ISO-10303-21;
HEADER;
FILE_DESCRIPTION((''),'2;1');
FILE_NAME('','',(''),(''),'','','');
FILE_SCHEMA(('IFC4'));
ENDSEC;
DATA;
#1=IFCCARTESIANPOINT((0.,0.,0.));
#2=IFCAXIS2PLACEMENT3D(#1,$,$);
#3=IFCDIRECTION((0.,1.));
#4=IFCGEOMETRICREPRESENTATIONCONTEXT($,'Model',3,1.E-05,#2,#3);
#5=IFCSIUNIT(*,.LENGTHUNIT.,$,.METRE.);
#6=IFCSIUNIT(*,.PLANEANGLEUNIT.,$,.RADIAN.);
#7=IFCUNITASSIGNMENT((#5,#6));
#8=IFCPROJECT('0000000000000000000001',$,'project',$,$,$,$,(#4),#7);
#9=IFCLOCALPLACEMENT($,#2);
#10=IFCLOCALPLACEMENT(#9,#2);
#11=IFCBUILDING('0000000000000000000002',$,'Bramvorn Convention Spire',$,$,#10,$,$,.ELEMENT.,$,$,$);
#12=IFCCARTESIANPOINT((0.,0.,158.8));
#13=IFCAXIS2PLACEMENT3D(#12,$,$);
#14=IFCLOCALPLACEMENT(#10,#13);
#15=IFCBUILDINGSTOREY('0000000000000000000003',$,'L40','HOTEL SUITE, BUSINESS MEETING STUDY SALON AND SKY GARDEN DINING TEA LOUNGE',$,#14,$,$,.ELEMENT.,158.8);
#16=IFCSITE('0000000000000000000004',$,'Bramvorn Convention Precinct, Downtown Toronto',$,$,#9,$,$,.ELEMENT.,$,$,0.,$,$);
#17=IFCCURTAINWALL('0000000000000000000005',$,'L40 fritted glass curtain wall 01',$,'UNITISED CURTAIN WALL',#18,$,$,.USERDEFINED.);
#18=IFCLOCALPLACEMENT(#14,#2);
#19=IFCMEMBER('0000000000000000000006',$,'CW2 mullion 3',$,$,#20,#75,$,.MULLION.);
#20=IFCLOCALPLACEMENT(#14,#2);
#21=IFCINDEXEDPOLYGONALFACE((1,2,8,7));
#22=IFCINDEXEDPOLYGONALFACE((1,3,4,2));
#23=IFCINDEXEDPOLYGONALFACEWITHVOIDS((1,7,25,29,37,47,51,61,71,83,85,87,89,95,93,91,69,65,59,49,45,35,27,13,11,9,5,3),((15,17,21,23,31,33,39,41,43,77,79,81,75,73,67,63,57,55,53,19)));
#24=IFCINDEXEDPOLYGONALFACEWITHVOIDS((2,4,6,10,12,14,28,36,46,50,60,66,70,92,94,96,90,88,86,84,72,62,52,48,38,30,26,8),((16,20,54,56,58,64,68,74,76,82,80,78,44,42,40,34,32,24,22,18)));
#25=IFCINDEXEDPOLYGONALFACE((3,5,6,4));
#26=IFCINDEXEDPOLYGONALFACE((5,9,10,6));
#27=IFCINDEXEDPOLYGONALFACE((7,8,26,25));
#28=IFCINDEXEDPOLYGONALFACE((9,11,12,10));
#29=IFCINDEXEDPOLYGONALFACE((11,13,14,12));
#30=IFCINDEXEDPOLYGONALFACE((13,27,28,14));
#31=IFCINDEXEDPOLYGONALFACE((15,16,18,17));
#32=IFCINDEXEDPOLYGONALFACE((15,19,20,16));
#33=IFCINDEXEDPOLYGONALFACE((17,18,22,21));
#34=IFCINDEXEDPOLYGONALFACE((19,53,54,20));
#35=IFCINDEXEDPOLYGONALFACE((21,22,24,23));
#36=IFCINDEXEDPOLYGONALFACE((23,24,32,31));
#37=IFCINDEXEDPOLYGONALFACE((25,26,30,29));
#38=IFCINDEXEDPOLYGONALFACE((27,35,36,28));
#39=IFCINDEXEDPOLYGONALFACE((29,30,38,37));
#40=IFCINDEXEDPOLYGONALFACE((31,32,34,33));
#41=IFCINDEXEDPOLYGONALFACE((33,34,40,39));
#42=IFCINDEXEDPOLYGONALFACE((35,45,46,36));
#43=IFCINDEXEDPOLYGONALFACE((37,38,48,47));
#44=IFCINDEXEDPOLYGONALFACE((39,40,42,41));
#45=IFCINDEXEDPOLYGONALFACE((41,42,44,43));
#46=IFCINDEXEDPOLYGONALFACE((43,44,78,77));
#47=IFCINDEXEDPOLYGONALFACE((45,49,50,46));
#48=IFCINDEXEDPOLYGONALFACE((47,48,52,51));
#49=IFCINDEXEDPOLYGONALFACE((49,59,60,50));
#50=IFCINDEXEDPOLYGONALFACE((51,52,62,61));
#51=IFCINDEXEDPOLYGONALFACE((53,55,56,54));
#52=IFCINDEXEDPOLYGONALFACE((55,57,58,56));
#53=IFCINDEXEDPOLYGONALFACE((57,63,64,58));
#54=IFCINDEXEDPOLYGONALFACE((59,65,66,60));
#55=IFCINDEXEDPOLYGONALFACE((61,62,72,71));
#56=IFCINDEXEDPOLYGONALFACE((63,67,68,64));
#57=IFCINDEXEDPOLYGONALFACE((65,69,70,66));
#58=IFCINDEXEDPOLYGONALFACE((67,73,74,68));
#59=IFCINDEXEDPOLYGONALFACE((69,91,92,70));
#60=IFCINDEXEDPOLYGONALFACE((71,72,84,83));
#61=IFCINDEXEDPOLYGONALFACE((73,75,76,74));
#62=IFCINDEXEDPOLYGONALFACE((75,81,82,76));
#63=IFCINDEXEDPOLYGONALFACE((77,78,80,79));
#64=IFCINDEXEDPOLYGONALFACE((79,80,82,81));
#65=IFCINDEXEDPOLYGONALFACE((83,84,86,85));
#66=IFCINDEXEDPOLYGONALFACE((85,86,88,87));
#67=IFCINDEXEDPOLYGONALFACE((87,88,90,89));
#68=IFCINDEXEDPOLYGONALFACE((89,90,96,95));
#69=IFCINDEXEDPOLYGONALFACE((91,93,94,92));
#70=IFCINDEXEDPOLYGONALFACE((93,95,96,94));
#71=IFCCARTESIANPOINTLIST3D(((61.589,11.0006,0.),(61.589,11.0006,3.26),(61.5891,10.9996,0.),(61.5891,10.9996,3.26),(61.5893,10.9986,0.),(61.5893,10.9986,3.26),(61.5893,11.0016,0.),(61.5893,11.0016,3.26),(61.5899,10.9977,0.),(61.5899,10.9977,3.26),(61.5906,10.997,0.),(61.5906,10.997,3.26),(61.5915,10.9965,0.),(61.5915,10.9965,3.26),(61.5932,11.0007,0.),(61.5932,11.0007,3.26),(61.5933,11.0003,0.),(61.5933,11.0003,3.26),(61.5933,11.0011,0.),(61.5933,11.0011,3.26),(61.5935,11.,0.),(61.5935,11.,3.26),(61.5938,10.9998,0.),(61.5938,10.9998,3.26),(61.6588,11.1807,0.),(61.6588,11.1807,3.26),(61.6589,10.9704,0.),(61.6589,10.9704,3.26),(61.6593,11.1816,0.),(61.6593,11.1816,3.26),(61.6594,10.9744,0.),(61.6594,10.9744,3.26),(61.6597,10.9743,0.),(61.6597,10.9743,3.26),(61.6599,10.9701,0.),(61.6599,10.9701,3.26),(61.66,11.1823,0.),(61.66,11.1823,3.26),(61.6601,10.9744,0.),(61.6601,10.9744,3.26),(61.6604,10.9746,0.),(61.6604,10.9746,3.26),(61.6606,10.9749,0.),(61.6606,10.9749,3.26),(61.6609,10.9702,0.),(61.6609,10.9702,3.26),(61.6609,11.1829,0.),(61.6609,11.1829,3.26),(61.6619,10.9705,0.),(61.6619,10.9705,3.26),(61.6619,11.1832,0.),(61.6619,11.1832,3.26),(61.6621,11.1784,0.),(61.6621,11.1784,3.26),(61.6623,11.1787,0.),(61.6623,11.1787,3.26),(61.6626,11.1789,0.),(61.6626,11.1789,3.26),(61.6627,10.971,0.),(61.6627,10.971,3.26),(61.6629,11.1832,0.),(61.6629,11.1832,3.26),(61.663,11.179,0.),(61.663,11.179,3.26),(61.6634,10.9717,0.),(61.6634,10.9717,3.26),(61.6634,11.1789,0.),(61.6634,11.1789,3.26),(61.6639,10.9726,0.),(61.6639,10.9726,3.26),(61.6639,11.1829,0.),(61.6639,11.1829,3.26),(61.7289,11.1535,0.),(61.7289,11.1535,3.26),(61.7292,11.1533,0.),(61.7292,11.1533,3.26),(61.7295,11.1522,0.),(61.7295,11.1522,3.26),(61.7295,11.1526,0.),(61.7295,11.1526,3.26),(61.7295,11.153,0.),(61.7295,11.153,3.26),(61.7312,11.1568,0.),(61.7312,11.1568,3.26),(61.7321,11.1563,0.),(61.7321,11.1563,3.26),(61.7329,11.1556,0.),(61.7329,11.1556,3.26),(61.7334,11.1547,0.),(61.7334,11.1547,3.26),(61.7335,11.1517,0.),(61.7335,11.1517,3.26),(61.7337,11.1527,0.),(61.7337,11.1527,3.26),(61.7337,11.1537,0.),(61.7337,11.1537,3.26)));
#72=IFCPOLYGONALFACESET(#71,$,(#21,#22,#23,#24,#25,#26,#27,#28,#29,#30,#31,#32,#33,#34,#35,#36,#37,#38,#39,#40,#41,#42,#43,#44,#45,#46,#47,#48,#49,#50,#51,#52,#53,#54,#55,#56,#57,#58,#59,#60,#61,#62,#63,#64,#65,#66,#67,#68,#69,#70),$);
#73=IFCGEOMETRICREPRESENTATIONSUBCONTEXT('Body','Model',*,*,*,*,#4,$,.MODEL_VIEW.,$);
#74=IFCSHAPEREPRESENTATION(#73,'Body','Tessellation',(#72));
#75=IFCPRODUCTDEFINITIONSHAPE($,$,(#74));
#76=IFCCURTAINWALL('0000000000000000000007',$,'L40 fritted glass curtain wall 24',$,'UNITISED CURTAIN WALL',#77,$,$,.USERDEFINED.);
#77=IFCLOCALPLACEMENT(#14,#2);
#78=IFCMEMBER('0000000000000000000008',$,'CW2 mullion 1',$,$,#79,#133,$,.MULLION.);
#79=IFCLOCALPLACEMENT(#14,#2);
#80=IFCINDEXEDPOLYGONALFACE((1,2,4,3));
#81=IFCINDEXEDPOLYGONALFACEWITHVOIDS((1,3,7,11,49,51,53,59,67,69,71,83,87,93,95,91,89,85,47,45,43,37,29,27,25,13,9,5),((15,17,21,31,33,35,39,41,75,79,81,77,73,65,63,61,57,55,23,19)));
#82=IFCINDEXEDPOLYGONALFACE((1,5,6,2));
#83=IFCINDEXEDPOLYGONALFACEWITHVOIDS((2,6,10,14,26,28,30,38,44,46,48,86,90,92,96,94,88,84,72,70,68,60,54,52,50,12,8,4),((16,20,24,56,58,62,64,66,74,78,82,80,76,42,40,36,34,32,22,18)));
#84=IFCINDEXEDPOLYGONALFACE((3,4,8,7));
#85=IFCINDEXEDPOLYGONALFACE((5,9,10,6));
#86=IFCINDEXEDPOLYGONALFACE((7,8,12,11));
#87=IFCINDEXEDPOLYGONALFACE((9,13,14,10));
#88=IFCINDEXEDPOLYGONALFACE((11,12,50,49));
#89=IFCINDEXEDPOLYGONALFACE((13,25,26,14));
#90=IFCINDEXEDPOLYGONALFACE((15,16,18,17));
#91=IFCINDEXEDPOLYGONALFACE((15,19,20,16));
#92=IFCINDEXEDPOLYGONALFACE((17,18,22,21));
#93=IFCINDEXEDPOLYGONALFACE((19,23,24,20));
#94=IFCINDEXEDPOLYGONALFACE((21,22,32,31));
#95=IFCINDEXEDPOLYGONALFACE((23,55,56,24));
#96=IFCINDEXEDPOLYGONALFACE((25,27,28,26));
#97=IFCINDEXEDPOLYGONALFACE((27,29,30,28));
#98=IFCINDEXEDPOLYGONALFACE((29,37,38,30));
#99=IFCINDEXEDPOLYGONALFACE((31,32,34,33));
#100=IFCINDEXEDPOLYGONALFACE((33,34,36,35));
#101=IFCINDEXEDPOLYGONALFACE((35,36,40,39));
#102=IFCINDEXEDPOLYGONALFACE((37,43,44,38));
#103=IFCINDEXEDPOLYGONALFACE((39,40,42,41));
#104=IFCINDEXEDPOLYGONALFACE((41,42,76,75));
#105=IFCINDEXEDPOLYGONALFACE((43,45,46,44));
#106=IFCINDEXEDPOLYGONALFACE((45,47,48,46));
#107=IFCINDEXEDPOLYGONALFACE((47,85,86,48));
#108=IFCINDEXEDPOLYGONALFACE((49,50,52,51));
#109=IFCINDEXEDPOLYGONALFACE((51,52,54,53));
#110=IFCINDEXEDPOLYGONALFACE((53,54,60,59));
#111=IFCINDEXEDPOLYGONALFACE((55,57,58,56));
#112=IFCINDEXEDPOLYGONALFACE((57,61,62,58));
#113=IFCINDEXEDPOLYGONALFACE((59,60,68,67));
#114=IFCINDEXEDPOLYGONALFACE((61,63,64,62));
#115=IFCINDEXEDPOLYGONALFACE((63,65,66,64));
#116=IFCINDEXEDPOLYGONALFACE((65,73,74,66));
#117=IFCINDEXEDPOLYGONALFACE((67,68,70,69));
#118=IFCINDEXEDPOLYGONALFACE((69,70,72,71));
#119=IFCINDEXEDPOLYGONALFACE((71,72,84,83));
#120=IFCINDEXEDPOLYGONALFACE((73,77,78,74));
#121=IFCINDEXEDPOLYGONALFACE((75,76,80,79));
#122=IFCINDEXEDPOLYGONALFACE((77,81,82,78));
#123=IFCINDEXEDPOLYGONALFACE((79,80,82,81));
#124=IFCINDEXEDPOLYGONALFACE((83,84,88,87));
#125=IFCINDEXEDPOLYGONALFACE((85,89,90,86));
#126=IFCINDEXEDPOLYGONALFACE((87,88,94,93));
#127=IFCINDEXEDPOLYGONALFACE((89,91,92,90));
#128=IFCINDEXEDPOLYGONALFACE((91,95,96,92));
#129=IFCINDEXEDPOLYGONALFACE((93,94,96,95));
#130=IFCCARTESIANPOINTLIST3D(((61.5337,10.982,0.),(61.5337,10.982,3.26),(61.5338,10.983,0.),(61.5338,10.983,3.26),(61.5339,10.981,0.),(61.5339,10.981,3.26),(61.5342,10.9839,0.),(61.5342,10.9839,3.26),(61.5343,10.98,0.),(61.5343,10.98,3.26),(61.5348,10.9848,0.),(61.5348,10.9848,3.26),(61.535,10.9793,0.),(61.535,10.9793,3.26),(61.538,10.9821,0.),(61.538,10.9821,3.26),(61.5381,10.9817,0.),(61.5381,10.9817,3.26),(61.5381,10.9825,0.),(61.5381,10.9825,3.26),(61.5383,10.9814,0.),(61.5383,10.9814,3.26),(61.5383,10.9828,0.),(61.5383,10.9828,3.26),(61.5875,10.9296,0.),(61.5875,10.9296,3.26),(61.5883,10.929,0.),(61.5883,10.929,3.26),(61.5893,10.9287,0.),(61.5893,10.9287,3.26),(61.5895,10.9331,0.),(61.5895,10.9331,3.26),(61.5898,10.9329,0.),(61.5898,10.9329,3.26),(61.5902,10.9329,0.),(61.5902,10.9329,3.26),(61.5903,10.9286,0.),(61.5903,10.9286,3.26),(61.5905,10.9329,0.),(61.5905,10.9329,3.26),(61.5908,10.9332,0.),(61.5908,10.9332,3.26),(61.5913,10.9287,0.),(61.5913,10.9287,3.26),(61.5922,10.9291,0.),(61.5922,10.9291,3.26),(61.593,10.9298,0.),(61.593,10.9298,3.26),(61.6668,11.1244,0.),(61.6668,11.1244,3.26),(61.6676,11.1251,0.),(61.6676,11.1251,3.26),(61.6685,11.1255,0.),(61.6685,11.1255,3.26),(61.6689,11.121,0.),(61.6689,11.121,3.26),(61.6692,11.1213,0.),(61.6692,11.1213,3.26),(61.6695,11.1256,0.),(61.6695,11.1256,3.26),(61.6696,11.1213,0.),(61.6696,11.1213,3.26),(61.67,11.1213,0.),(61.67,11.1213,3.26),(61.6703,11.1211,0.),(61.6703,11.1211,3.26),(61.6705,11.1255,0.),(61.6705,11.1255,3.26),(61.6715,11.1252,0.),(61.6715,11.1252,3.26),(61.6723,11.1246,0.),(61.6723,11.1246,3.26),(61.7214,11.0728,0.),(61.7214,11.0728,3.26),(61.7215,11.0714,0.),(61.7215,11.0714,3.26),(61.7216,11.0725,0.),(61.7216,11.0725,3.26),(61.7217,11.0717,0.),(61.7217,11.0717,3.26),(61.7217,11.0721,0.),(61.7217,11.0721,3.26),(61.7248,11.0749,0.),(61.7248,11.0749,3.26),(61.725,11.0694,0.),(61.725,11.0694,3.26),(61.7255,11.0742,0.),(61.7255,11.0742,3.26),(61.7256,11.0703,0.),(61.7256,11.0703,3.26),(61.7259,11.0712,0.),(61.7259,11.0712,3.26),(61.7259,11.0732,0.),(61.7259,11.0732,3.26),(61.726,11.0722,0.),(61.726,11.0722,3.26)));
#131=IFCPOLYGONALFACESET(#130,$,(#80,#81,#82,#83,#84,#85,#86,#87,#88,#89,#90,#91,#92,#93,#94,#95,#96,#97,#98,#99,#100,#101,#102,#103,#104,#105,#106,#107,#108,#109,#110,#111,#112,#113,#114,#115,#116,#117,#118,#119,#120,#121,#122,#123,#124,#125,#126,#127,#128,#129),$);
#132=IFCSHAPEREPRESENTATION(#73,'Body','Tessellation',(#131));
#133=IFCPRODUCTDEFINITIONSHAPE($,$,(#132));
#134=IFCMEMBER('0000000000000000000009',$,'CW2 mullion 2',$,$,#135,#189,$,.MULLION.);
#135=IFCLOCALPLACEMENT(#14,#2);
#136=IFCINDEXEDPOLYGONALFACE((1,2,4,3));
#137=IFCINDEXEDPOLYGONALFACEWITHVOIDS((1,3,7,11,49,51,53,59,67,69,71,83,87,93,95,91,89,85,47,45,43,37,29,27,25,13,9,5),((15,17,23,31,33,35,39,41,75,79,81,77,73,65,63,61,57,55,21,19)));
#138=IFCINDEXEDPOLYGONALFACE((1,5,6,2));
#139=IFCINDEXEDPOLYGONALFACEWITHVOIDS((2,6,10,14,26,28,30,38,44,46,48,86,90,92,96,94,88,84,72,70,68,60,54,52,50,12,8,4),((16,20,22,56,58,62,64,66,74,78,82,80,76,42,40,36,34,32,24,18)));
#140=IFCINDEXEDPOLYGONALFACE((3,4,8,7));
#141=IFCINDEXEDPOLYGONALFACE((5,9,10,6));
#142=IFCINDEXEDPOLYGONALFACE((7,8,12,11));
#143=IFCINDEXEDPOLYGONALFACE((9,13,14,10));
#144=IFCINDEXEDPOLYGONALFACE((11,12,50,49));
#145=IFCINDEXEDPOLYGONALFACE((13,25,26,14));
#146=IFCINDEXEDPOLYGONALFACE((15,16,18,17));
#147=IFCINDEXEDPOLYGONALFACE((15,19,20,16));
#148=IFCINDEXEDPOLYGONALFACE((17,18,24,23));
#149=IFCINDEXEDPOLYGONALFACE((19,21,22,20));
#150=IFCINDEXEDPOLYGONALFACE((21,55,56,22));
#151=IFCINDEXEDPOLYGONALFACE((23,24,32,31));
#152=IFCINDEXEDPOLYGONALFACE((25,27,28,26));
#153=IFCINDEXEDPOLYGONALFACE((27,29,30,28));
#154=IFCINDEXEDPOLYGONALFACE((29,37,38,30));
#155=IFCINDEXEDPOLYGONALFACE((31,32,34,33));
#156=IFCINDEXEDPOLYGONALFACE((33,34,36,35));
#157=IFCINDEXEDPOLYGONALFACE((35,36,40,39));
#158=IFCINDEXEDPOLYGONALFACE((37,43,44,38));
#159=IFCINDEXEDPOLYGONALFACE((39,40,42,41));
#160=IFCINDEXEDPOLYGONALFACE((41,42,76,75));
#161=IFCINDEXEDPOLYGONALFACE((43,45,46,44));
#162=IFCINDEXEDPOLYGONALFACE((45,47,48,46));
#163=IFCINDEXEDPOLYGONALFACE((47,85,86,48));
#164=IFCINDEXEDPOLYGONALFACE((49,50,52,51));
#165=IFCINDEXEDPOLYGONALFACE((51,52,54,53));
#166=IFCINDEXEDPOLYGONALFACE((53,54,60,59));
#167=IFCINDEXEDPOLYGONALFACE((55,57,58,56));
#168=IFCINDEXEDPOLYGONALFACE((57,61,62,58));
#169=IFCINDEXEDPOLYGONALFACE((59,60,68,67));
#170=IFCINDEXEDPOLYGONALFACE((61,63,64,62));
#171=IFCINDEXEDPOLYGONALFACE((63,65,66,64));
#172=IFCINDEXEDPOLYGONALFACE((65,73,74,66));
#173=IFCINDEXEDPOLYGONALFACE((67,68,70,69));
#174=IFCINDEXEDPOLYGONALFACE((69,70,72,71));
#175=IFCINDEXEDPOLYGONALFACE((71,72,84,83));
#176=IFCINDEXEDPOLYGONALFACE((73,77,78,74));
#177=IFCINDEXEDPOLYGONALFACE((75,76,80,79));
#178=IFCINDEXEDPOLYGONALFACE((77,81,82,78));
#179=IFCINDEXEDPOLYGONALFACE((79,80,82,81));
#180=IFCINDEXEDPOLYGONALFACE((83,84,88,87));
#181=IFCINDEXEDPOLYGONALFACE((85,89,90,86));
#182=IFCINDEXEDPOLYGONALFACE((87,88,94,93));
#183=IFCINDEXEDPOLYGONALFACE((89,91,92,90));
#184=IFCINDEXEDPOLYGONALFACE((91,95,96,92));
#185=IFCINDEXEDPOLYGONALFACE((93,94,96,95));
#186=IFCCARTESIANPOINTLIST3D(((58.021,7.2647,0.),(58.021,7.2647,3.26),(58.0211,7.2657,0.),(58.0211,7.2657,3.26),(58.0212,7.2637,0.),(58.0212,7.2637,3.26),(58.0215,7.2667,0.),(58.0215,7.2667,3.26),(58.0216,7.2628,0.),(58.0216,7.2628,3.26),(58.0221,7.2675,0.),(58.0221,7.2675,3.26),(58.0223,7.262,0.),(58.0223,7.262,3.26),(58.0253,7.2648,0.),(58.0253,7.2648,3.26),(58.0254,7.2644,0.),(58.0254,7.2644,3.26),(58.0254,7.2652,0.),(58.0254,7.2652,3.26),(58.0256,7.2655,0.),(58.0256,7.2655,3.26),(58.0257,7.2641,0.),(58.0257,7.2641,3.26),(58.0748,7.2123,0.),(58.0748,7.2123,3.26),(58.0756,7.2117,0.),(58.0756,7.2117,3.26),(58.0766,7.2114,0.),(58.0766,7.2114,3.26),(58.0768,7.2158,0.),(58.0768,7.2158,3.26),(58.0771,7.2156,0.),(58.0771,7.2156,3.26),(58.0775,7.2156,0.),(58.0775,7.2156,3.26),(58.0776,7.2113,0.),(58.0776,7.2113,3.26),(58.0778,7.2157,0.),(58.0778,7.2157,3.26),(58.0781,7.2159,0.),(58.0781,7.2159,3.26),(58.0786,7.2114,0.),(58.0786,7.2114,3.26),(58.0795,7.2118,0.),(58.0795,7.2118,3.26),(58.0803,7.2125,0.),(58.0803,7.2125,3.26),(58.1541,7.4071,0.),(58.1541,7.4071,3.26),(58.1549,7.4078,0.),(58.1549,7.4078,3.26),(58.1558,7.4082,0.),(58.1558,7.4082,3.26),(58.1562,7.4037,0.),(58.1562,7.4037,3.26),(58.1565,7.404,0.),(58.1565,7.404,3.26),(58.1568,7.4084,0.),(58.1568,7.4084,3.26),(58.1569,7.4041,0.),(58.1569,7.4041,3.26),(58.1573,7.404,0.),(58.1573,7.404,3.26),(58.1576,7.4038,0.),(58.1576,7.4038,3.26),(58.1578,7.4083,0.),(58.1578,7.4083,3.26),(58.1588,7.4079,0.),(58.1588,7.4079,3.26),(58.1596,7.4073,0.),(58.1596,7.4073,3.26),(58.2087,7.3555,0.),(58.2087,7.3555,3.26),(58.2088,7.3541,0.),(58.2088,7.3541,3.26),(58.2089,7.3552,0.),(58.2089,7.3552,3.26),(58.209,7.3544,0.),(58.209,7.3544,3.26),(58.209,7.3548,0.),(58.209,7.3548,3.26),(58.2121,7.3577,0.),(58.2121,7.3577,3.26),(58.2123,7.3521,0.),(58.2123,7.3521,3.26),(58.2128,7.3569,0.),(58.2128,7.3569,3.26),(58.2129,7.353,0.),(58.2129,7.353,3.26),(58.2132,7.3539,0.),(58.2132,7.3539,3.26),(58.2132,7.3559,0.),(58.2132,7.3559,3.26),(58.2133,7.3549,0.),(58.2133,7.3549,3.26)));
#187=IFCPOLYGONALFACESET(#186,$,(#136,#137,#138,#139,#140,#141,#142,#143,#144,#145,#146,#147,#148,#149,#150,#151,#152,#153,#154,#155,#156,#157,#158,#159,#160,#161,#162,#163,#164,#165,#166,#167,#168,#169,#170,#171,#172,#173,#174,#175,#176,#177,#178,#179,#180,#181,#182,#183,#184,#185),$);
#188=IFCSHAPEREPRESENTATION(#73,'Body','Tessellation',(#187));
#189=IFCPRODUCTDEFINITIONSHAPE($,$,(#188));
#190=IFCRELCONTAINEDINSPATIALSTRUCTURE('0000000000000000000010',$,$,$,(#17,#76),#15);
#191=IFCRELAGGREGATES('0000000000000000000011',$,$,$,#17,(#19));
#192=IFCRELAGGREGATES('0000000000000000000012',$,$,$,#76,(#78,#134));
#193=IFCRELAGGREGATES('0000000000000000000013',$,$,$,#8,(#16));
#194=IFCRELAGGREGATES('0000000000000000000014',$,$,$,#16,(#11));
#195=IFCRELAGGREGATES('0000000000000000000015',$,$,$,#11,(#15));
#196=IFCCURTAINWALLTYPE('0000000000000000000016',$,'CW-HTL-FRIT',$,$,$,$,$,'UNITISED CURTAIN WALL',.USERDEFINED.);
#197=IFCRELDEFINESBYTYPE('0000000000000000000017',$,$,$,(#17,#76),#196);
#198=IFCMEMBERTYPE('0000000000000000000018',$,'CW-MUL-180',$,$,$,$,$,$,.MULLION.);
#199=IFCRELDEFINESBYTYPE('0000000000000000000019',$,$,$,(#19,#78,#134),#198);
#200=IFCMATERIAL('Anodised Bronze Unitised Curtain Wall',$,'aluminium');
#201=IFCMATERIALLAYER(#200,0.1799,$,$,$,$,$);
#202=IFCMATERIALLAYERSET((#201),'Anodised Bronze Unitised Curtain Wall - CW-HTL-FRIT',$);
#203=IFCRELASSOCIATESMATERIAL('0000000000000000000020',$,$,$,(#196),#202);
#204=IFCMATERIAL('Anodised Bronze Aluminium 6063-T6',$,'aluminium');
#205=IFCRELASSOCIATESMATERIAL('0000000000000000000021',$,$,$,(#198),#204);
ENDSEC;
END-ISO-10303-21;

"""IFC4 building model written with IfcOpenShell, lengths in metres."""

from ifc_helpers import new_model, si_unit, direction, frame, origin, origin_2d, place, context, subcontext, project, spatial, hollow_rectangle, extrude, material, layer, layer_set, material_profile, profile_set, type_object, element, aggregate, save


model = new_model("IFC4")

# Units and contexts
model_context = context("Model", 3, precision=1e-05, world=origin(), true_north=direction((0.0, 1.0)))
body_context = subcontext(model_context, "Body", "Model", "MODEL_VIEW")
ifc_project = project(units=[si_unit("LENGTHUNIT", "METRE"), si_unit("PLANEANGLEUNIT", "RADIAN")], contexts=[model_context])

# Site, building, storey
site_placement = place(None, origin())
site = spatial("IfcSite", under=ifc_project, at=site_placement, Name="Bramvorn Convention Precinct, Downtown Toronto", CompositionType="ELEMENT", RefElevation=0.0)
building_placement = place(site_placement, origin())
building = spatial("IfcBuilding", under=site, at=building_placement, Name="Bramvorn Convention Spire", CompositionType="ELEMENT")
storey_placement = place(building_placement, frame((0.0, 0.0, 158.8)))
storey = spatial("IfcBuildingStorey", under=building, at=storey_placement, Name="L40", Description="HOTEL SUITE, BUSINESS MEETING STUDY SALON AND SKY GARDEN DINING TEA LOUNGE", CompositionType="ELEMENT", Elevation=158.8)

# Curtain wall, member
ifc_material_1 = material(Name="Anodised Bronze Unitised Curtain Wall", Category="aluminium")
ifc_layer_1 = layer(ifc_material_1, 0.1799)
ifc_layer_set_1 = layer_set([ifc_layer_1], Name="Anodised Bronze Unitised Curtain Wall - CW-HTL-FRIT")
curtain_wall_type = type_object("IfcCurtainWallType", Name="CW-HTL-FRIT", ElementType="UNITISED CURTAIN WALL", PredefinedType="USERDEFINED", material=ifc_layer_set_1)
curtain_wall_1_placement = place(storey_placement, origin())
curtain_wall_1 = element("IfcCurtainWall", 1, at=curtain_wall_1_placement, inside=storey, type_object=curtain_wall_type, Name="L40 fritted glass curtain wall 01", ObjectType="UNITISED CURTAIN WALL", PredefinedType="USERDEFINED")
ifc_material_2 = material(Name="Anodised Bronze Aluminium 6063-T6", Category="aluminium")
ifc_material_profile_1 = material_profile(ifc_material_2, hollow_rectangle(XDim=0.0801, YDim=0.2, WallThickness=0.0039, InnerFilletRadius=0.001, OuterFilletRadius=0.0039, at=origin_2d()))
ifc_profile_set_1 = profile_set([ifc_material_profile_1], Name="Anodised Bronze Aluminium 6063-T6 - CWM80X200")
member_type_1 = type_object("IfcMemberType", Name="CW-MUL-180", PredefinedType="MULLION", material=ifc_profile_set_1)
member_1_placement = place(storey_placement, frame((61.6614, 11.0767, 0.0), z_axis=(0.0, 0.0, 1.0), x_axis=(0.932188, -0.361975, 0.0)))
member_1 = element("IfcMember", 2, at=member_1_placement, type_object=member_type_1, Name="CW2 mullion 3", PredefinedType="MULLION", context=body_context, shape_type="SweptSolid", body=[
    extrude(hollow_rectangle(XDim=0.0801, YDim=0.2, WallThickness=0.0039, InnerFilletRadius=0.001, OuterFilletRadius=0.0039, at=origin_2d()), origin(), (0.0, 0.0, 1.0), 3.26),
])

# Curtain wall, members
curtain_wall_2_placement = place(storey_placement, origin())
curtain_wall_2 = element("IfcCurtainWall", 3, at=curtain_wall_2_placement, inside=storey, type_object=curtain_wall_type, Name="L40 fritted glass curtain wall 24", ObjectType="UNITISED CURTAIN WALL", PredefinedType="USERDEFINED")
member_2_placement = place(storey_placement, frame((61.6299, 11.0271, 0.0), z_axis=(0.0, 0.0, 1.0), x_axis=(0.726827, -0.686821, 0.0)))
member_2 = element("IfcMember", 4, at=member_2_placement, type_object=member_type_1, Name="CW2 mullion 1", PredefinedType="MULLION", context=body_context, shape_type="SweptSolid", body=[
    extrude(hollow_rectangle(XDim=0.0801, YDim=0.2, WallThickness=0.0039, InnerFilletRadius=0.001, OuterFilletRadius=0.0039, at=origin_2d()), origin(), (0.0, 0.0, 1.0), 3.26),
])
member_3_placement = place(storey_placement, frame((58.1172, 7.3098, 0.0), z_axis=(0.0, 0.0, 1.0), x_axis=(0.726827, -0.686821, 0.0)))
member_3 = element("IfcMember", 5, at=member_3_placement, type_object=member_type_1, Name="CW2 mullion 2", PredefinedType="MULLION", context=body_context, shape_type="SweptSolid", body=[
    extrude(hollow_rectangle(XDim=0.0801, YDim=0.2, WallThickness=0.0039, InnerFilletRadius=0.001, OuterFilletRadius=0.0039, at=origin_2d()), origin(), (0.0, 0.0, 1.0), 3.26),
])

aggregate(curtain_wall_1, [member_1])
aggregate(curtain_wall_2, [member_2, member_3])

save(model, "model.ifc")
